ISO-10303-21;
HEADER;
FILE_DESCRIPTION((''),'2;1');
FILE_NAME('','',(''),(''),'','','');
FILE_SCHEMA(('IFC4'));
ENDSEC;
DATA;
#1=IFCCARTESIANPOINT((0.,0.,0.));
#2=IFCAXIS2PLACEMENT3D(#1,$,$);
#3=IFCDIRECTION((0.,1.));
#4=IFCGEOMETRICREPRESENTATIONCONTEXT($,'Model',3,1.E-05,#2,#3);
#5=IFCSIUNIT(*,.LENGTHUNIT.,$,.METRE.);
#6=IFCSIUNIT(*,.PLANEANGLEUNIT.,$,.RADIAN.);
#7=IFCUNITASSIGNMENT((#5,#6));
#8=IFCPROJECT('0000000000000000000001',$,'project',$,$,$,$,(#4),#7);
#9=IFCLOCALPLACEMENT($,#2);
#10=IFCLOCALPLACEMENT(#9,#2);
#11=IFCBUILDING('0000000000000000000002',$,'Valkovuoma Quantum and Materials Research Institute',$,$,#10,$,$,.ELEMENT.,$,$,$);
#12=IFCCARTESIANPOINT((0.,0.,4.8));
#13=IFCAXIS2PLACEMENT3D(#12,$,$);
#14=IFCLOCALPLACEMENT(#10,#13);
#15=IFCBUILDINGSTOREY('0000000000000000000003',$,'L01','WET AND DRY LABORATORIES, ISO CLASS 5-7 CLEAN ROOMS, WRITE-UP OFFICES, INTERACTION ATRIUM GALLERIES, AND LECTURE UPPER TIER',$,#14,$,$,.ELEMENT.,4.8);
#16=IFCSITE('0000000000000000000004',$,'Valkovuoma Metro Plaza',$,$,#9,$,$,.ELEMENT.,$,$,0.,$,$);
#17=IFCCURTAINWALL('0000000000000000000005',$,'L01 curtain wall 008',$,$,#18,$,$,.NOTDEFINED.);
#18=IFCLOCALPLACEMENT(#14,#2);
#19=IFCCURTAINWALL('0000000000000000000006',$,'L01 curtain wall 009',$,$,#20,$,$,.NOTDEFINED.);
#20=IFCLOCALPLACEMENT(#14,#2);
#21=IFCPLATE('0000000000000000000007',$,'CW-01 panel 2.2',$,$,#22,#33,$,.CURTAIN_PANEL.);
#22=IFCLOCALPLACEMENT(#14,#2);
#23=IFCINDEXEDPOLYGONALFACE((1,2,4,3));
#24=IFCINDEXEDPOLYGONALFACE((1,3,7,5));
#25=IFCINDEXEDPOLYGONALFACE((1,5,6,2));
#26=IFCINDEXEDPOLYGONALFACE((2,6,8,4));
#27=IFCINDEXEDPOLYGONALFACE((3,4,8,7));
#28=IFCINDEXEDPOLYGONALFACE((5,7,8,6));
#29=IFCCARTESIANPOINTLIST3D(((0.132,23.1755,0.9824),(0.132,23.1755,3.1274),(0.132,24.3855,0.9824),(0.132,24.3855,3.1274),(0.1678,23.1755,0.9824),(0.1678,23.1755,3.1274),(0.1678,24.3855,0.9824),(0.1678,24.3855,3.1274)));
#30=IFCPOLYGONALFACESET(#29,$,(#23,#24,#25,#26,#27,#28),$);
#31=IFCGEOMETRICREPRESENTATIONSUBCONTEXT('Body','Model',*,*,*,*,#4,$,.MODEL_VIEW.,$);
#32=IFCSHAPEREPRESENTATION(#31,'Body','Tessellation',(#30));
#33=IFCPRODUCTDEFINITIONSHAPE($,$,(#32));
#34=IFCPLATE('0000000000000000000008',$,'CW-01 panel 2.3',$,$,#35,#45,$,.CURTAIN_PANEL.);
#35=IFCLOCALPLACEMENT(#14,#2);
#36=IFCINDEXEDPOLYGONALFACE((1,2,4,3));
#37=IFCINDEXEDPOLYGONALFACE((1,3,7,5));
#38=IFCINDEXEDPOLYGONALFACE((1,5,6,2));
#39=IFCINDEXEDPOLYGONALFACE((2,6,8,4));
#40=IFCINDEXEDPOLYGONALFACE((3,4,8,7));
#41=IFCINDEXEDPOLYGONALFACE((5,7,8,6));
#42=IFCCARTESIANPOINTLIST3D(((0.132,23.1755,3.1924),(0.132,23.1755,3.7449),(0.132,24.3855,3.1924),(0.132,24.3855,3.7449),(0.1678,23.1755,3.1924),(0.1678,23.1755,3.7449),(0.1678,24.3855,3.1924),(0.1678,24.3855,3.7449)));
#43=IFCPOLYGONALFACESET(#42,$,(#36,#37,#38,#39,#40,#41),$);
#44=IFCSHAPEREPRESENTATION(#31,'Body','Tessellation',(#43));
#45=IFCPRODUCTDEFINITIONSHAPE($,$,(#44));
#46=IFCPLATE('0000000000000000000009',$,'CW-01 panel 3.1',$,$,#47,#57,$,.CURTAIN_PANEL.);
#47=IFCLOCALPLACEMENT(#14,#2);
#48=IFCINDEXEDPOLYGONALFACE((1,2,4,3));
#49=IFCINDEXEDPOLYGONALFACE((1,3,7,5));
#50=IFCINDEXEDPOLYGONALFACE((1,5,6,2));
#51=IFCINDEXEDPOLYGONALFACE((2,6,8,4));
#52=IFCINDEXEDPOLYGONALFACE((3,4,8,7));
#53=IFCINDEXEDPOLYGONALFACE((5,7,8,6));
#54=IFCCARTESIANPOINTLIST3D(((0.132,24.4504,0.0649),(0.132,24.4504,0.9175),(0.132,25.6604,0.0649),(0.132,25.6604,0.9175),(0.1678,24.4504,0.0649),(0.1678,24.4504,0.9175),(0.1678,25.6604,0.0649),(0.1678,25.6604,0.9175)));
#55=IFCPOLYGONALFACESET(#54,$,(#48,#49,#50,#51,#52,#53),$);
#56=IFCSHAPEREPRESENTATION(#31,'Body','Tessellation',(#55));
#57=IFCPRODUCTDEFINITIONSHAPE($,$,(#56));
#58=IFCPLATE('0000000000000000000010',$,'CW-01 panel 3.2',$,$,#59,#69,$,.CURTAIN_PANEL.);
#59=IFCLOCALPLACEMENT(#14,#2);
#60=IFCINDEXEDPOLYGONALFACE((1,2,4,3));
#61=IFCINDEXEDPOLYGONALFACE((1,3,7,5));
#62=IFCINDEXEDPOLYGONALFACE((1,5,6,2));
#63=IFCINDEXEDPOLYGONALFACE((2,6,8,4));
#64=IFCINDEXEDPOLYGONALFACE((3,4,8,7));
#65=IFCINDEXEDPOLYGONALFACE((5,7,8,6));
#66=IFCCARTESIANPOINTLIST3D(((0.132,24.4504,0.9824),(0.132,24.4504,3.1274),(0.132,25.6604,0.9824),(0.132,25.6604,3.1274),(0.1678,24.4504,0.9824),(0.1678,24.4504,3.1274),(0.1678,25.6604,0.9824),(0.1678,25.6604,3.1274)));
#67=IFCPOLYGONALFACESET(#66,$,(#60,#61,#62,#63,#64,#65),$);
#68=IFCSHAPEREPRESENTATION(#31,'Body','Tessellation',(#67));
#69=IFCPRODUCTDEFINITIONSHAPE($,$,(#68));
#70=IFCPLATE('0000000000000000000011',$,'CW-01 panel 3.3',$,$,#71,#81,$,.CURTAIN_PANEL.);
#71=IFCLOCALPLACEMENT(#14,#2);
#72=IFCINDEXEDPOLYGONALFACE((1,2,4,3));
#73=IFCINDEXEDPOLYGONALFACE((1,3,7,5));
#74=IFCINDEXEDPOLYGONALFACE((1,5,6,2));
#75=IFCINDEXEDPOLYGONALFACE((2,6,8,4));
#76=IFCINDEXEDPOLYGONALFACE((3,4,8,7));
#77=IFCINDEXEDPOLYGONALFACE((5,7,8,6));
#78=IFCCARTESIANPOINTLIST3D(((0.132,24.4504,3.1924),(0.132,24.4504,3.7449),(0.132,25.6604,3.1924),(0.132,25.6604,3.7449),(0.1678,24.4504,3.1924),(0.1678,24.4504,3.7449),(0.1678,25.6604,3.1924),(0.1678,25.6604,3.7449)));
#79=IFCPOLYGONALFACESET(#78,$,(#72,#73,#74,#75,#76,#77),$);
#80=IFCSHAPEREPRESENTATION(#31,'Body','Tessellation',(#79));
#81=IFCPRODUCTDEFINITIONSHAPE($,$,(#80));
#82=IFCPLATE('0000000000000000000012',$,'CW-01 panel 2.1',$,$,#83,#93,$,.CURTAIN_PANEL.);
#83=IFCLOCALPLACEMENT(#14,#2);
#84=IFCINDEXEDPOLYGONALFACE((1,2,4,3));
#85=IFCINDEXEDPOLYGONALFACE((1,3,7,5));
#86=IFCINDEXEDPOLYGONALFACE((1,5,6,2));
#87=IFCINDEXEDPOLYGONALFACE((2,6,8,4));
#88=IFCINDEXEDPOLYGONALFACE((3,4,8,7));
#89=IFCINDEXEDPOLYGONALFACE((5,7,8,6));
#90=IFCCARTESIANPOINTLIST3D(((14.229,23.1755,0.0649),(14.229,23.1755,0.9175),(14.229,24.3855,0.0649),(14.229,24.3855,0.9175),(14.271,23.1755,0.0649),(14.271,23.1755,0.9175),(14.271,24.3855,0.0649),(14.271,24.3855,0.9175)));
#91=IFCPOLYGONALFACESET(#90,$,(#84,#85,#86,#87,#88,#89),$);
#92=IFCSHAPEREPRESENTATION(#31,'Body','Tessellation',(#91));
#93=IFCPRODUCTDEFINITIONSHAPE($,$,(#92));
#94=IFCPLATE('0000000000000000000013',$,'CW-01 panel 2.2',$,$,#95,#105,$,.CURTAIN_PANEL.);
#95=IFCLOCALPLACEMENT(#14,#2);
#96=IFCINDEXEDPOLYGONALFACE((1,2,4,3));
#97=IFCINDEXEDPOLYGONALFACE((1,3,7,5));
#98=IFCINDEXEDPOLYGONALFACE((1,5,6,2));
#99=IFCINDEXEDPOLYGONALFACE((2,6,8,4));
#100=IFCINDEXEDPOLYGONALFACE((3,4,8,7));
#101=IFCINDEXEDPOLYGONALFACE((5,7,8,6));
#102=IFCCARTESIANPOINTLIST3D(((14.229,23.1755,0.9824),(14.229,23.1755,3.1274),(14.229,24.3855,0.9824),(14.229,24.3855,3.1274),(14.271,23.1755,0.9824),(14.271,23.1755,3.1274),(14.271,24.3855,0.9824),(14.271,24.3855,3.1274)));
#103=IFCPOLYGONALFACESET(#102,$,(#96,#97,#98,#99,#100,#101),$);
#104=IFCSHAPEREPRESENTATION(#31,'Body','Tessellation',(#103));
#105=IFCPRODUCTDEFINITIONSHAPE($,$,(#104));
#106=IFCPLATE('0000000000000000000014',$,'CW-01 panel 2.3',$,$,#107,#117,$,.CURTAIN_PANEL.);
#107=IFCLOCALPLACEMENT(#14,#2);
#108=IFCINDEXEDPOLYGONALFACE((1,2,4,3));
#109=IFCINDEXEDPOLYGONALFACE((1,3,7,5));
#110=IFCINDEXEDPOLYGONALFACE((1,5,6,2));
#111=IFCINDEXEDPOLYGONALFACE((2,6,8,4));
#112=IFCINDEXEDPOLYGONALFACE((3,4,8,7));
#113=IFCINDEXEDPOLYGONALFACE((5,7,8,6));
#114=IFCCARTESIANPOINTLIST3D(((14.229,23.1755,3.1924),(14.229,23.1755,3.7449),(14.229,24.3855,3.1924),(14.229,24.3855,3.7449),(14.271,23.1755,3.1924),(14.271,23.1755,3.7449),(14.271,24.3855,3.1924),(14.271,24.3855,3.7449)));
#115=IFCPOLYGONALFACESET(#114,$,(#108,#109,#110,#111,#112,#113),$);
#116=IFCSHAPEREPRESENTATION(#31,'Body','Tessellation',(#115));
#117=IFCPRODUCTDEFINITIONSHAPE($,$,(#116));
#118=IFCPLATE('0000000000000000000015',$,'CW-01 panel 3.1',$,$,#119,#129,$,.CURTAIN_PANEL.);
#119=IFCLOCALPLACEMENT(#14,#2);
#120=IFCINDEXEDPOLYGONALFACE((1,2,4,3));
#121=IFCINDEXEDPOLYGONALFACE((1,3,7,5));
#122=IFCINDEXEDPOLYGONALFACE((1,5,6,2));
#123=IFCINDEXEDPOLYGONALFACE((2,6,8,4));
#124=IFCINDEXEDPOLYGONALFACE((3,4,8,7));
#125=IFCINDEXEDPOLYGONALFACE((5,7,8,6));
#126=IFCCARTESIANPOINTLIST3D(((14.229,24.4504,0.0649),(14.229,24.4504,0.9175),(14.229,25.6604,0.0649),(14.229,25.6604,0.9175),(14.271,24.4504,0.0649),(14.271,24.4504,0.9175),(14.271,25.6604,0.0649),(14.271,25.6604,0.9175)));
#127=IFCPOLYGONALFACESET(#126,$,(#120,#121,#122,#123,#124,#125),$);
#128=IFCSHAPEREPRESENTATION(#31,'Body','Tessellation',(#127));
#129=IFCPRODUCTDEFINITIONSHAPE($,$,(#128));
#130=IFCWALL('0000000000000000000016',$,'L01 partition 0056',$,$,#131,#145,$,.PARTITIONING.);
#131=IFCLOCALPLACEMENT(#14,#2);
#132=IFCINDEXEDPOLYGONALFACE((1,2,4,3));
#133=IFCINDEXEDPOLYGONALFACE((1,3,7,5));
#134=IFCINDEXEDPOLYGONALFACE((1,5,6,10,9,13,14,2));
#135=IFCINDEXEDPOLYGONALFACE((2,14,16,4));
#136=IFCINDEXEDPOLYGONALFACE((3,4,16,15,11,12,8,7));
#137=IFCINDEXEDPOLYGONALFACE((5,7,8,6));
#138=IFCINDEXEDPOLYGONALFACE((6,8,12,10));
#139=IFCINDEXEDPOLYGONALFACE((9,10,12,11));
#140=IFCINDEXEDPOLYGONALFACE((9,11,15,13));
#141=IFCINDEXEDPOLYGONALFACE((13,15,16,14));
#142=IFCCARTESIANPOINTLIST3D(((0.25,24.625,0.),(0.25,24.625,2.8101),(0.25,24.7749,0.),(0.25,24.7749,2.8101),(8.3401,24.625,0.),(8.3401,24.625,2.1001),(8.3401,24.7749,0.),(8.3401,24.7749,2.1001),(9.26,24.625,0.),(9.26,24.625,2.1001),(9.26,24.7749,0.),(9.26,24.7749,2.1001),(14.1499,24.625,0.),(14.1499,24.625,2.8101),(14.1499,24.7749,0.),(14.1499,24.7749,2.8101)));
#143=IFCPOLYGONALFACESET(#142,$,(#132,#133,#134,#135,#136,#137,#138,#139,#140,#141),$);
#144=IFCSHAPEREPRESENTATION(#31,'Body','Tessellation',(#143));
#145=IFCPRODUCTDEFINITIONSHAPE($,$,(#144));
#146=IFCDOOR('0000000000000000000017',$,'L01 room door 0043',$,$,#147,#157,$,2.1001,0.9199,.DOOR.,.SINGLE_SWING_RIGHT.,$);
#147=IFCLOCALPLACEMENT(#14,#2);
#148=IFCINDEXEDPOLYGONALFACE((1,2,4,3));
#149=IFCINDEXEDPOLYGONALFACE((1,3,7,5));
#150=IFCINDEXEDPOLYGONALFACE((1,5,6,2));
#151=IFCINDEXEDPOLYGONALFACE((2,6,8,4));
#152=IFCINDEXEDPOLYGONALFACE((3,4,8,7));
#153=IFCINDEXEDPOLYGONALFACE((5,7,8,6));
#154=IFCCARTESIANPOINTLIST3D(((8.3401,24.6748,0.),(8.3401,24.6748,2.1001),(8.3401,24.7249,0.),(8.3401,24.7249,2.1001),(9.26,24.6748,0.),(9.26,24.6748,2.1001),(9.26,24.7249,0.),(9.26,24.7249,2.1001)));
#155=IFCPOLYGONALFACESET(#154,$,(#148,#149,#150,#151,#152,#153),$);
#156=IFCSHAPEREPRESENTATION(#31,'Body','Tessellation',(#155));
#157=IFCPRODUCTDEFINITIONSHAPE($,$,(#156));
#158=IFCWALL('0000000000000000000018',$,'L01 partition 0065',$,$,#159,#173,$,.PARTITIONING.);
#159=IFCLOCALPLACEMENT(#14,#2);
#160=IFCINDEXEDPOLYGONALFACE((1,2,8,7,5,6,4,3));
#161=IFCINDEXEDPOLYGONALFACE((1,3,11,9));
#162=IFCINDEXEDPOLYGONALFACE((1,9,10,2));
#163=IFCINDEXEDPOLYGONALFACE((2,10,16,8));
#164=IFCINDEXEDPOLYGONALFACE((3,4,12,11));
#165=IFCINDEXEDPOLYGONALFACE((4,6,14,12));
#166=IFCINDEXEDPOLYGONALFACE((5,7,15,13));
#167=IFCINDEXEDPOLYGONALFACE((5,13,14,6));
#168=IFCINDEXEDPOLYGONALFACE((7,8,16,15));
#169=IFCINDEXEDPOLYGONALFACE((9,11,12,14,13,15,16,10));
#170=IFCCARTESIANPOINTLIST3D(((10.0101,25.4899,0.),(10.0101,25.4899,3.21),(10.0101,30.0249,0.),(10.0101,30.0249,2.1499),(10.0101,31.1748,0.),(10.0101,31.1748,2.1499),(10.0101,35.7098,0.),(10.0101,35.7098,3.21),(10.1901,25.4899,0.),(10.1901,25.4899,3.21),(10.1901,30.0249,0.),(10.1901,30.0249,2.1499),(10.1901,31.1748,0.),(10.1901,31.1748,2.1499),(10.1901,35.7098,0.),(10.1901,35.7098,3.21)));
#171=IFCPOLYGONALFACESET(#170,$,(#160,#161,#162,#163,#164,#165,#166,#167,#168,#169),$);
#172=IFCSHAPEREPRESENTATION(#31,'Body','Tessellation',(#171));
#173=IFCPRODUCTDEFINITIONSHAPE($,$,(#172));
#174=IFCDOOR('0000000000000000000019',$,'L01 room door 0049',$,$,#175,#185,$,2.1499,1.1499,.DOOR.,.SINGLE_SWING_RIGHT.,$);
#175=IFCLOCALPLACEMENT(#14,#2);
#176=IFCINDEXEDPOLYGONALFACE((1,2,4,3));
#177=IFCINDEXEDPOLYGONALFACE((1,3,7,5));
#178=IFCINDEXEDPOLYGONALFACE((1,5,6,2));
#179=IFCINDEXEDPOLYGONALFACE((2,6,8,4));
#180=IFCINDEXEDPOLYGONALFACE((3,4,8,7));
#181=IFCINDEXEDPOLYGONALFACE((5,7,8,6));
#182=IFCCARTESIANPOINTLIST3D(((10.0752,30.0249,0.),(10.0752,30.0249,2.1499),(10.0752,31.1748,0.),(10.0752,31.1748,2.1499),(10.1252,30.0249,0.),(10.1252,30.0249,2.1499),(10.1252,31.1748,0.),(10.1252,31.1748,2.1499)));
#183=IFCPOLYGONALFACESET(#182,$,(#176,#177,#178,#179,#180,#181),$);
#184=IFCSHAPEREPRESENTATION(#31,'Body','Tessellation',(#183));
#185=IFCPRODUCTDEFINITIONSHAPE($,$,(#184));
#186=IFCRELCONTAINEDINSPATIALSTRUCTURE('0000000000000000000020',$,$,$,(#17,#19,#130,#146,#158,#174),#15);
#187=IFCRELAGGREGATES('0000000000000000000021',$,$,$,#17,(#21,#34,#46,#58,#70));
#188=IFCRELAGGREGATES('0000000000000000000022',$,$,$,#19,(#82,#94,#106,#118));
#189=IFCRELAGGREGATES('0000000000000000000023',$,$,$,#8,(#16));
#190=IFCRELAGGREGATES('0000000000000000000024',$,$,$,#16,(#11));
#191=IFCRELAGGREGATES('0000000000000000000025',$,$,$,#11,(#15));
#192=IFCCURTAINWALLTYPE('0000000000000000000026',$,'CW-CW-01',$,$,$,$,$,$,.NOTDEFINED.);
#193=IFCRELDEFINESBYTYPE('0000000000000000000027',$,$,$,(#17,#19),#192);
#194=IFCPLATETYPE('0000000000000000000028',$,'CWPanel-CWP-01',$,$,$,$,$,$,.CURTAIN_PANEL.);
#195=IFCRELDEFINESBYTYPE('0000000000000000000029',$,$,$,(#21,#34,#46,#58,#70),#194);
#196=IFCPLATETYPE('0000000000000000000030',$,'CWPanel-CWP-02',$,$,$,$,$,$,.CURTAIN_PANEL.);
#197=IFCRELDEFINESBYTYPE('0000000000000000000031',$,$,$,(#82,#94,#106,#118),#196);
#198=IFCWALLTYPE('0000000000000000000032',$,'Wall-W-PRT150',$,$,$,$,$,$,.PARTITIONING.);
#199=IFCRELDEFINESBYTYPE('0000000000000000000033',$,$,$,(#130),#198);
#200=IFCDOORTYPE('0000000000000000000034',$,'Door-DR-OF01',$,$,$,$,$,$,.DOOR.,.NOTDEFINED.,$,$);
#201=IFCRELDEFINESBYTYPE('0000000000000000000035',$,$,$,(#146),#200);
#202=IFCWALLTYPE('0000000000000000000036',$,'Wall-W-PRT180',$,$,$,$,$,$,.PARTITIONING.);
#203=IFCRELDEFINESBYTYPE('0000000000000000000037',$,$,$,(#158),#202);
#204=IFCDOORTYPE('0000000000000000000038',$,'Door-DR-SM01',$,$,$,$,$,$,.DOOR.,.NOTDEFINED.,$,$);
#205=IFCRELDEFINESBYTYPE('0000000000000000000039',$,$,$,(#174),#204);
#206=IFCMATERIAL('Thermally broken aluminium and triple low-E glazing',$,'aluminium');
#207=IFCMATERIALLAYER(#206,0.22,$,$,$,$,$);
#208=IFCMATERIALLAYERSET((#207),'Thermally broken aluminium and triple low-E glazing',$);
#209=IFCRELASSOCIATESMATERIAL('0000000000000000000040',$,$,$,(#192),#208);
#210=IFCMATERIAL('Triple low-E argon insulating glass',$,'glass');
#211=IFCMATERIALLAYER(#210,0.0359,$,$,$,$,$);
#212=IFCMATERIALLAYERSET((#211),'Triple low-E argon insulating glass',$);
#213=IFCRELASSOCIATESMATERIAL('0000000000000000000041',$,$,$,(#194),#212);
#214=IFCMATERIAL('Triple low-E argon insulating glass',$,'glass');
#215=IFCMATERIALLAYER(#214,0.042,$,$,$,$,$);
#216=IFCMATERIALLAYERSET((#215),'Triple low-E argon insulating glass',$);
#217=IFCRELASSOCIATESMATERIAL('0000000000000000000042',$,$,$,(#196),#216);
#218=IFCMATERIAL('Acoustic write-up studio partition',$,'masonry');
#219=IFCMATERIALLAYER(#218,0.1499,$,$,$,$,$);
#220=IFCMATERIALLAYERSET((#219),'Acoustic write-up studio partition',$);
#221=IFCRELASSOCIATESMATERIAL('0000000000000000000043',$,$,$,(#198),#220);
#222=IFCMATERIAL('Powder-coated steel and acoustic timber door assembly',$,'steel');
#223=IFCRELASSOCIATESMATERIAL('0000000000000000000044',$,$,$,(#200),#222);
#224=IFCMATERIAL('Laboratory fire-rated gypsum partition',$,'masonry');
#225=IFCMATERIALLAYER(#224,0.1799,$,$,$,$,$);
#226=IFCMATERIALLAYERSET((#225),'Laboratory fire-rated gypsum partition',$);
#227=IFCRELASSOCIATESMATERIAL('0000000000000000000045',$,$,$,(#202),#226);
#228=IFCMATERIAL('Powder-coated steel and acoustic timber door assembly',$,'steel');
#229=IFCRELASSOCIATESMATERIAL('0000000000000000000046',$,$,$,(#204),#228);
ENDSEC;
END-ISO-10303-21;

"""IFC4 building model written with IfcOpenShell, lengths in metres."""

from ifc_helpers import new_model, si_unit, direction, frame, frame_2d, origin, origin_2d, place, context, subcontext, project, spatial, rectangle, extrude, material, layer, layer_set, type_object, element, fill, aggregate, save


model = new_model("IFC4")

# Units and contexts
model_context = context("Model", 3, precision=1e-05, world=origin(), true_north=direction((0.0, 1.0)))
body_context = subcontext(model_context, "Body", "Model", "MODEL_VIEW")
ifc_project = project(units=[si_unit("LENGTHUNIT", "METRE"), si_unit("PLANEANGLEUNIT", "RADIAN")], contexts=[model_context])

# Site, building, storey
site_placement = place(None, origin())
site = spatial("IfcSite", under=ifc_project, at=site_placement, Name="Valkovuoma Metro Plaza", CompositionType="ELEMENT", RefElevation=0.0)
building_placement = place(site_placement, origin())
building = spatial("IfcBuilding", under=site, at=building_placement, Name="Valkovuoma Quantum and Materials Research Institute", CompositionType="ELEMENT")
storey_placement = place(building_placement, frame((0.0, 0.0, 4.8)))
storey = spatial("IfcBuildingStorey", under=building, at=storey_placement, Name="L01", Description="WET AND DRY LABORATORIES, ISO CLASS 5-7 CLEAN ROOMS, WRITE-UP OFFICES, INTERACTION ATRIUM GALLERIES, AND LECTURE UPPER TIER", CompositionType="ELEMENT", Elevation=4.8)

# Curtain walls
ifc_material_1 = material(Name="Thermally broken aluminium and triple low-E glazing", Category="aluminium")
ifc_layer_1 = layer(ifc_material_1, 0.22)
ifc_layer_set_1 = layer_set([ifc_layer_1], Name="Thermally broken aluminium and triple low-E glazing")
curtain_wall_type = type_object("IfcCurtainWallType", Name="CW-CW-01", PredefinedType="NOTDEFINED", material=ifc_layer_set_1)
curtain_wall_1_placement = place(storey_placement, origin())
curtain_wall_1 = element("IfcCurtainWall", 1, at=curtain_wall_1_placement, inside=storey, type_object=curtain_wall_type, Name="L01 curtain wall 008", PredefinedType="NOTDEFINED")
curtain_wall_2_placement = place(storey_placement, origin())
curtain_wall_2 = element("IfcCurtainWall", 2, at=curtain_wall_2_placement, inside=storey, type_object=curtain_wall_type, Name="L01 curtain wall 009", PredefinedType="NOTDEFINED")

# Plates
ifc_material_2 = material(Name="Triple low-E argon insulating glass", Category="glass")
ifc_layer_2 = layer(ifc_material_2, 0.0359)
ifc_layer_set_2 = layer_set([ifc_layer_2], Name="Triple low-E argon insulating glass")
plate_type_1 = type_object("IfcPlateType", Name="CWPanel-CWP-01", PredefinedType="CURTAIN_PANEL", material=ifc_layer_set_2)
plate_1_placement = place(storey_placement, frame((0.1499, 23.7805, 0.9824), z_axis=(0.0, 0.0, 1.0), x_axis=(0.0, 1.0, 0.0)))
plate_1 = element("IfcPlate", 3, at=plate_1_placement, type_object=plate_type_1, Name="CW-01 panel 2.2", PredefinedType="CURTAIN_PANEL", context=body_context, shape_type="SweptSolid", body=[
    extrude(rectangle(XDim=1.21, YDim=0.0359, at=origin_2d()), origin(), (0.0, 0.0, 1.0), 2.145),
])
plate_2_placement = place(storey_placement, frame((0.1499, 23.7805, 3.1924), z_axis=(0.0, 0.0, 1.0), x_axis=(0.0, 1.0, 0.0)))
plate_2 = element("IfcPlate", 4, at=plate_2_placement, type_object=plate_type_1, Name="CW-01 panel 2.3", PredefinedType="CURTAIN_PANEL", context=body_context, shape_type="SweptSolid", body=[
    extrude(rectangle(XDim=1.21, YDim=0.0359, at=origin_2d()), origin(), (0.0, 0.0, 1.0), 0.5525),
])
plate_3_placement = place(storey_placement, frame((0.1499, 25.0554, 0.0649), z_axis=(0.0, 0.0, 1.0), x_axis=(0.0, 1.0, 0.0)))
plate_3 = element("IfcPlate", 5, at=plate_3_placement, type_object=plate_type_1, Name="CW-01 panel 3.1", PredefinedType="CURTAIN_PANEL", context=body_context, shape_type="SweptSolid", body=[
    extrude(rectangle(XDim=1.21, YDim=0.0359, at=origin_2d()), origin(), (0.0, 0.0, 1.0), 0.8525),
])
plate_4_placement = place(storey_placement, frame((0.1499, 25.0554, 0.9824), z_axis=(0.0, 0.0, 1.0), x_axis=(0.0, 1.0, 0.0)))
plate_4 = element("IfcPlate", 6, at=plate_4_placement, type_object=plate_type_1, Name="CW-01 panel 3.2", PredefinedType="CURTAIN_PANEL", context=body_context, shape_type="SweptSolid", body=[
    extrude(rectangle(XDim=1.21, YDim=0.0359, at=origin_2d()), origin(), (0.0, 0.0, 1.0), 2.145),
])
plate_5_placement = place(storey_placement, frame((0.1499, 25.0554, 3.1924), z_axis=(0.0, 0.0, 1.0), x_axis=(0.0, 1.0, 0.0)))
plate_5 = element("IfcPlate", 7, at=plate_5_placement, type_object=plate_type_1, Name="CW-01 panel 3.3", PredefinedType="CURTAIN_PANEL", context=body_context, shape_type="SweptSolid", body=[
    extrude(rectangle(XDim=1.21, YDim=0.0359, at=origin_2d()), origin(), (0.0, 0.0, 1.0), 0.5525),
])
aggregate(curtain_wall_1, [plate_1, plate_2, plate_3, plate_4, plate_5])
ifc_material_3 = material(Name="Triple low-E argon insulating glass", Category="glass")
ifc_layer_3 = layer(ifc_material_3, 0.042)
ifc_layer_set_3 = layer_set([ifc_layer_3], Name="Triple low-E argon insulating glass")
plate_type_2 = type_object("IfcPlateType", Name="CWPanel-CWP-02", PredefinedType="CURTAIN_PANEL", material=ifc_layer_set_3)
plate_6_placement = place(storey_placement, frame((14.25, 23.7805, 0.0649), z_axis=(0.0, 0.0, 1.0), x_axis=(0.0, 1.0, 0.0)))
plate_6 = element("IfcPlate", 8, at=plate_6_placement, type_object=plate_type_2, Name="CW-01 panel 2.1", PredefinedType="CURTAIN_PANEL", context=body_context, shape_type="SweptSolid", body=[
    extrude(rectangle(XDim=1.21, YDim=0.042, at=origin_2d()), origin(), (0.0, 0.0, 1.0), 0.8525),
])
plate_7_placement = place(storey_placement, frame((14.25, 23.7805, 0.9824), z_axis=(0.0, 0.0, 1.0), x_axis=(0.0, 1.0, 0.0)))
plate_7 = element("IfcPlate", 9, at=plate_7_placement, type_object=plate_type_2, Name="CW-01 panel 2.2", PredefinedType="CURTAIN_PANEL", context=body_context, shape_type="SweptSolid", body=[
    extrude(rectangle(XDim=1.21, YDim=0.042, at=origin_2d()), origin(), (0.0, 0.0, 1.0), 2.145),
])
plate_8_placement = place(storey_placement, frame((14.25, 23.7805, 3.1924), z_axis=(0.0, 0.0, 1.0), x_axis=(0.0, 1.0, 0.0)))
plate_8 = element("IfcPlate", 10, at=plate_8_placement, type_object=plate_type_2, Name="CW-01 panel 2.3", PredefinedType="CURTAIN_PANEL", context=body_context, shape_type="SweptSolid", body=[
    extrude(rectangle(XDim=1.21, YDim=0.042, at=origin_2d()), origin(), (0.0, 0.0, 1.0), 0.5525),
])
plate_9_placement = place(storey_placement, frame((14.25, 25.0554, 0.0649), z_axis=(0.0, 0.0, 1.0), x_axis=(0.0, 1.0, 0.0)))
plate_9 = element("IfcPlate", 11, at=plate_9_placement, type_object=plate_type_2, Name="CW-01 panel 3.1", PredefinedType="CURTAIN_PANEL", context=body_context, shape_type="SweptSolid", body=[
    extrude(rectangle(XDim=1.21, YDim=0.042, at=origin_2d()), origin(), (0.0, 0.0, 1.0), 0.8525),
])
aggregate(curtain_wall_2, [plate_6, plate_7, plate_8, plate_9])

# Walls, openings, doors
ifc_material_4 = material(Name="Acoustic write-up studio partition", Category="masonry")
ifc_layer_4 = layer(ifc_material_4, 0.1499)
ifc_layer_set_4 = layer_set([ifc_layer_4], Name="Acoustic write-up studio partition")
wall_type_1 = type_object("IfcWallType", Name="Wall-W-PRT150", PredefinedType="PARTITIONING", material=ifc_layer_set_4)
wall_1_placement = place(storey_placement, frame((0.25, 24.7, 0.0), z_axis=(0.0, 0.0, 1.0), x_axis=(1.0, 0.0, 0.0)))
wall_1 = element("IfcWall", 12, at=wall_1_placement, inside=storey, type_object=wall_type_1, Name="L01 partition 0056", PredefinedType="PARTITIONING", context=body_context, shape_type="SweptSolid", body=[
    extrude(rectangle(XDim=13.8999, YDim=0.1499, at=frame_2d((6.95, 0.0))), origin(), (0.0, 0.0, 1.0), 2.8101),
])
opening_1_placement = place(wall_1_placement, frame((8.0901, 0.0, 0.0)))
opening_1 = element("IfcOpeningElement", 13, at=opening_1_placement, cuts=wall_1, PredefinedType="OPENING", context=body_context, shape_type="SweptSolid", body=[
    extrude(rectangle(XDim=0.9199, YDim=2.1001, at=frame_2d((0.46, 1.05))), frame((0.0, 0.085, 0.0), z_axis=(0.0, -1.0, 0.0), x_axis=(1.0, 0.0, 0.0)), (0.0, 0.0, 1.0), 0.1699),
])
ifc_material_5 = material(Name="Powder-coated steel and acoustic timber door assembly", Category="steel")
door_type_1 = type_object("IfcDoorType", Name="Door-DR-OF01", OperationType="NOTDEFINED", PredefinedType="DOOR", material=ifc_material_5)
door_1_placement = place(opening_1_placement, origin())
door_1 = element("IfcDoor", 14, at=door_1_placement, inside=storey, type_object=door_type_1, Name="L01 room door 0043", OperationType="SINGLE_SWING_RIGHT", OverallHeight=2.1001, OverallWidth=0.9199, PredefinedType="DOOR", context=body_context, shape_type="SweptSolid", body=[
    extrude(rectangle(XDim=0.9199, YDim=2.1001, at=frame_2d((0.46, 1.05))), frame((0.0, 0.0249, 0.0), z_axis=(0.0, -1.0, 0.0), x_axis=(1.0, 0.0, 0.0)), (0.0, 0.0, 1.0), 0.05),
])
fill(opening_1, door_1)
ifc_material_6 = material(Name="Laboratory fire-rated gypsum partition", Category="masonry")
ifc_layer_5 = layer(ifc_material_6, 0.1799)
ifc_layer_set_5 = layer_set([ifc_layer_5], Name="Laboratory fire-rated gypsum partition")
wall_type_2 = type_object("IfcWallType", Name="Wall-W-PRT180", PredefinedType="PARTITIONING", material=ifc_layer_set_5)
wall_2_placement = place(storey_placement, frame((10.1001, 25.49, 0.0), z_axis=(0.0, 0.0, 1.0), x_axis=(0.0, 1.0, 0.0)))
wall_2 = element("IfcWall", 15, at=wall_2_placement, inside=storey, type_object=wall_type_2, Name="L01 partition 0065", PredefinedType="PARTITIONING", context=body_context, shape_type="SweptSolid", body=[
    extrude(rectangle(XDim=10.22, YDim=0.1799, at=frame_2d((5.1099, 0.0))), origin(), (0.0, 0.0, 1.0), 3.21),
])
opening_2_placement = place(wall_2_placement, frame((4.5349, 0.0, 0.0)))
opening_2 = element("IfcOpeningElement", 16, at=opening_2_placement, cuts=wall_2, PredefinedType="OPENING", context=body_context, shape_type="SweptSolid", body=[
    extrude(rectangle(XDim=1.1499, YDim=2.1499, at=frame_2d((0.575, 1.075))), frame((0.0, 0.1001, 0.0), z_axis=(0.0, -1.0, 0.0), x_axis=(1.0, 0.0, 0.0)), (0.0, 0.0, 1.0), 0.2),
])
ifc_material_7 = material(Name="Powder-coated steel and acoustic timber door assembly", Category="steel")
door_type_2 = type_object("IfcDoorType", Name="Door-DR-SM01", OperationType="NOTDEFINED", PredefinedType="DOOR", material=ifc_material_7)
door_2_placement = place(opening_2_placement, origin())
door_2 = element("IfcDoor", 17, at=door_2_placement, inside=storey, type_object=door_type_2, Name="L01 room door 0049", OperationType="SINGLE_SWING_RIGHT", OverallHeight=2.1499, OverallWidth=1.1499, PredefinedType="DOOR", context=body_context, shape_type="SweptSolid", body=[
    extrude(rectangle(XDim=1.1499, YDim=2.1499, at=frame_2d((0.575, 1.075))), frame((0.0, 0.0249, 0.0), z_axis=(0.0, -1.0, 0.0), x_axis=(1.0, 0.0, 0.0)), (0.0, 0.0, 1.0), 0.05),
])
fill(opening_2, door_2)

save(model, "model.ifc")
